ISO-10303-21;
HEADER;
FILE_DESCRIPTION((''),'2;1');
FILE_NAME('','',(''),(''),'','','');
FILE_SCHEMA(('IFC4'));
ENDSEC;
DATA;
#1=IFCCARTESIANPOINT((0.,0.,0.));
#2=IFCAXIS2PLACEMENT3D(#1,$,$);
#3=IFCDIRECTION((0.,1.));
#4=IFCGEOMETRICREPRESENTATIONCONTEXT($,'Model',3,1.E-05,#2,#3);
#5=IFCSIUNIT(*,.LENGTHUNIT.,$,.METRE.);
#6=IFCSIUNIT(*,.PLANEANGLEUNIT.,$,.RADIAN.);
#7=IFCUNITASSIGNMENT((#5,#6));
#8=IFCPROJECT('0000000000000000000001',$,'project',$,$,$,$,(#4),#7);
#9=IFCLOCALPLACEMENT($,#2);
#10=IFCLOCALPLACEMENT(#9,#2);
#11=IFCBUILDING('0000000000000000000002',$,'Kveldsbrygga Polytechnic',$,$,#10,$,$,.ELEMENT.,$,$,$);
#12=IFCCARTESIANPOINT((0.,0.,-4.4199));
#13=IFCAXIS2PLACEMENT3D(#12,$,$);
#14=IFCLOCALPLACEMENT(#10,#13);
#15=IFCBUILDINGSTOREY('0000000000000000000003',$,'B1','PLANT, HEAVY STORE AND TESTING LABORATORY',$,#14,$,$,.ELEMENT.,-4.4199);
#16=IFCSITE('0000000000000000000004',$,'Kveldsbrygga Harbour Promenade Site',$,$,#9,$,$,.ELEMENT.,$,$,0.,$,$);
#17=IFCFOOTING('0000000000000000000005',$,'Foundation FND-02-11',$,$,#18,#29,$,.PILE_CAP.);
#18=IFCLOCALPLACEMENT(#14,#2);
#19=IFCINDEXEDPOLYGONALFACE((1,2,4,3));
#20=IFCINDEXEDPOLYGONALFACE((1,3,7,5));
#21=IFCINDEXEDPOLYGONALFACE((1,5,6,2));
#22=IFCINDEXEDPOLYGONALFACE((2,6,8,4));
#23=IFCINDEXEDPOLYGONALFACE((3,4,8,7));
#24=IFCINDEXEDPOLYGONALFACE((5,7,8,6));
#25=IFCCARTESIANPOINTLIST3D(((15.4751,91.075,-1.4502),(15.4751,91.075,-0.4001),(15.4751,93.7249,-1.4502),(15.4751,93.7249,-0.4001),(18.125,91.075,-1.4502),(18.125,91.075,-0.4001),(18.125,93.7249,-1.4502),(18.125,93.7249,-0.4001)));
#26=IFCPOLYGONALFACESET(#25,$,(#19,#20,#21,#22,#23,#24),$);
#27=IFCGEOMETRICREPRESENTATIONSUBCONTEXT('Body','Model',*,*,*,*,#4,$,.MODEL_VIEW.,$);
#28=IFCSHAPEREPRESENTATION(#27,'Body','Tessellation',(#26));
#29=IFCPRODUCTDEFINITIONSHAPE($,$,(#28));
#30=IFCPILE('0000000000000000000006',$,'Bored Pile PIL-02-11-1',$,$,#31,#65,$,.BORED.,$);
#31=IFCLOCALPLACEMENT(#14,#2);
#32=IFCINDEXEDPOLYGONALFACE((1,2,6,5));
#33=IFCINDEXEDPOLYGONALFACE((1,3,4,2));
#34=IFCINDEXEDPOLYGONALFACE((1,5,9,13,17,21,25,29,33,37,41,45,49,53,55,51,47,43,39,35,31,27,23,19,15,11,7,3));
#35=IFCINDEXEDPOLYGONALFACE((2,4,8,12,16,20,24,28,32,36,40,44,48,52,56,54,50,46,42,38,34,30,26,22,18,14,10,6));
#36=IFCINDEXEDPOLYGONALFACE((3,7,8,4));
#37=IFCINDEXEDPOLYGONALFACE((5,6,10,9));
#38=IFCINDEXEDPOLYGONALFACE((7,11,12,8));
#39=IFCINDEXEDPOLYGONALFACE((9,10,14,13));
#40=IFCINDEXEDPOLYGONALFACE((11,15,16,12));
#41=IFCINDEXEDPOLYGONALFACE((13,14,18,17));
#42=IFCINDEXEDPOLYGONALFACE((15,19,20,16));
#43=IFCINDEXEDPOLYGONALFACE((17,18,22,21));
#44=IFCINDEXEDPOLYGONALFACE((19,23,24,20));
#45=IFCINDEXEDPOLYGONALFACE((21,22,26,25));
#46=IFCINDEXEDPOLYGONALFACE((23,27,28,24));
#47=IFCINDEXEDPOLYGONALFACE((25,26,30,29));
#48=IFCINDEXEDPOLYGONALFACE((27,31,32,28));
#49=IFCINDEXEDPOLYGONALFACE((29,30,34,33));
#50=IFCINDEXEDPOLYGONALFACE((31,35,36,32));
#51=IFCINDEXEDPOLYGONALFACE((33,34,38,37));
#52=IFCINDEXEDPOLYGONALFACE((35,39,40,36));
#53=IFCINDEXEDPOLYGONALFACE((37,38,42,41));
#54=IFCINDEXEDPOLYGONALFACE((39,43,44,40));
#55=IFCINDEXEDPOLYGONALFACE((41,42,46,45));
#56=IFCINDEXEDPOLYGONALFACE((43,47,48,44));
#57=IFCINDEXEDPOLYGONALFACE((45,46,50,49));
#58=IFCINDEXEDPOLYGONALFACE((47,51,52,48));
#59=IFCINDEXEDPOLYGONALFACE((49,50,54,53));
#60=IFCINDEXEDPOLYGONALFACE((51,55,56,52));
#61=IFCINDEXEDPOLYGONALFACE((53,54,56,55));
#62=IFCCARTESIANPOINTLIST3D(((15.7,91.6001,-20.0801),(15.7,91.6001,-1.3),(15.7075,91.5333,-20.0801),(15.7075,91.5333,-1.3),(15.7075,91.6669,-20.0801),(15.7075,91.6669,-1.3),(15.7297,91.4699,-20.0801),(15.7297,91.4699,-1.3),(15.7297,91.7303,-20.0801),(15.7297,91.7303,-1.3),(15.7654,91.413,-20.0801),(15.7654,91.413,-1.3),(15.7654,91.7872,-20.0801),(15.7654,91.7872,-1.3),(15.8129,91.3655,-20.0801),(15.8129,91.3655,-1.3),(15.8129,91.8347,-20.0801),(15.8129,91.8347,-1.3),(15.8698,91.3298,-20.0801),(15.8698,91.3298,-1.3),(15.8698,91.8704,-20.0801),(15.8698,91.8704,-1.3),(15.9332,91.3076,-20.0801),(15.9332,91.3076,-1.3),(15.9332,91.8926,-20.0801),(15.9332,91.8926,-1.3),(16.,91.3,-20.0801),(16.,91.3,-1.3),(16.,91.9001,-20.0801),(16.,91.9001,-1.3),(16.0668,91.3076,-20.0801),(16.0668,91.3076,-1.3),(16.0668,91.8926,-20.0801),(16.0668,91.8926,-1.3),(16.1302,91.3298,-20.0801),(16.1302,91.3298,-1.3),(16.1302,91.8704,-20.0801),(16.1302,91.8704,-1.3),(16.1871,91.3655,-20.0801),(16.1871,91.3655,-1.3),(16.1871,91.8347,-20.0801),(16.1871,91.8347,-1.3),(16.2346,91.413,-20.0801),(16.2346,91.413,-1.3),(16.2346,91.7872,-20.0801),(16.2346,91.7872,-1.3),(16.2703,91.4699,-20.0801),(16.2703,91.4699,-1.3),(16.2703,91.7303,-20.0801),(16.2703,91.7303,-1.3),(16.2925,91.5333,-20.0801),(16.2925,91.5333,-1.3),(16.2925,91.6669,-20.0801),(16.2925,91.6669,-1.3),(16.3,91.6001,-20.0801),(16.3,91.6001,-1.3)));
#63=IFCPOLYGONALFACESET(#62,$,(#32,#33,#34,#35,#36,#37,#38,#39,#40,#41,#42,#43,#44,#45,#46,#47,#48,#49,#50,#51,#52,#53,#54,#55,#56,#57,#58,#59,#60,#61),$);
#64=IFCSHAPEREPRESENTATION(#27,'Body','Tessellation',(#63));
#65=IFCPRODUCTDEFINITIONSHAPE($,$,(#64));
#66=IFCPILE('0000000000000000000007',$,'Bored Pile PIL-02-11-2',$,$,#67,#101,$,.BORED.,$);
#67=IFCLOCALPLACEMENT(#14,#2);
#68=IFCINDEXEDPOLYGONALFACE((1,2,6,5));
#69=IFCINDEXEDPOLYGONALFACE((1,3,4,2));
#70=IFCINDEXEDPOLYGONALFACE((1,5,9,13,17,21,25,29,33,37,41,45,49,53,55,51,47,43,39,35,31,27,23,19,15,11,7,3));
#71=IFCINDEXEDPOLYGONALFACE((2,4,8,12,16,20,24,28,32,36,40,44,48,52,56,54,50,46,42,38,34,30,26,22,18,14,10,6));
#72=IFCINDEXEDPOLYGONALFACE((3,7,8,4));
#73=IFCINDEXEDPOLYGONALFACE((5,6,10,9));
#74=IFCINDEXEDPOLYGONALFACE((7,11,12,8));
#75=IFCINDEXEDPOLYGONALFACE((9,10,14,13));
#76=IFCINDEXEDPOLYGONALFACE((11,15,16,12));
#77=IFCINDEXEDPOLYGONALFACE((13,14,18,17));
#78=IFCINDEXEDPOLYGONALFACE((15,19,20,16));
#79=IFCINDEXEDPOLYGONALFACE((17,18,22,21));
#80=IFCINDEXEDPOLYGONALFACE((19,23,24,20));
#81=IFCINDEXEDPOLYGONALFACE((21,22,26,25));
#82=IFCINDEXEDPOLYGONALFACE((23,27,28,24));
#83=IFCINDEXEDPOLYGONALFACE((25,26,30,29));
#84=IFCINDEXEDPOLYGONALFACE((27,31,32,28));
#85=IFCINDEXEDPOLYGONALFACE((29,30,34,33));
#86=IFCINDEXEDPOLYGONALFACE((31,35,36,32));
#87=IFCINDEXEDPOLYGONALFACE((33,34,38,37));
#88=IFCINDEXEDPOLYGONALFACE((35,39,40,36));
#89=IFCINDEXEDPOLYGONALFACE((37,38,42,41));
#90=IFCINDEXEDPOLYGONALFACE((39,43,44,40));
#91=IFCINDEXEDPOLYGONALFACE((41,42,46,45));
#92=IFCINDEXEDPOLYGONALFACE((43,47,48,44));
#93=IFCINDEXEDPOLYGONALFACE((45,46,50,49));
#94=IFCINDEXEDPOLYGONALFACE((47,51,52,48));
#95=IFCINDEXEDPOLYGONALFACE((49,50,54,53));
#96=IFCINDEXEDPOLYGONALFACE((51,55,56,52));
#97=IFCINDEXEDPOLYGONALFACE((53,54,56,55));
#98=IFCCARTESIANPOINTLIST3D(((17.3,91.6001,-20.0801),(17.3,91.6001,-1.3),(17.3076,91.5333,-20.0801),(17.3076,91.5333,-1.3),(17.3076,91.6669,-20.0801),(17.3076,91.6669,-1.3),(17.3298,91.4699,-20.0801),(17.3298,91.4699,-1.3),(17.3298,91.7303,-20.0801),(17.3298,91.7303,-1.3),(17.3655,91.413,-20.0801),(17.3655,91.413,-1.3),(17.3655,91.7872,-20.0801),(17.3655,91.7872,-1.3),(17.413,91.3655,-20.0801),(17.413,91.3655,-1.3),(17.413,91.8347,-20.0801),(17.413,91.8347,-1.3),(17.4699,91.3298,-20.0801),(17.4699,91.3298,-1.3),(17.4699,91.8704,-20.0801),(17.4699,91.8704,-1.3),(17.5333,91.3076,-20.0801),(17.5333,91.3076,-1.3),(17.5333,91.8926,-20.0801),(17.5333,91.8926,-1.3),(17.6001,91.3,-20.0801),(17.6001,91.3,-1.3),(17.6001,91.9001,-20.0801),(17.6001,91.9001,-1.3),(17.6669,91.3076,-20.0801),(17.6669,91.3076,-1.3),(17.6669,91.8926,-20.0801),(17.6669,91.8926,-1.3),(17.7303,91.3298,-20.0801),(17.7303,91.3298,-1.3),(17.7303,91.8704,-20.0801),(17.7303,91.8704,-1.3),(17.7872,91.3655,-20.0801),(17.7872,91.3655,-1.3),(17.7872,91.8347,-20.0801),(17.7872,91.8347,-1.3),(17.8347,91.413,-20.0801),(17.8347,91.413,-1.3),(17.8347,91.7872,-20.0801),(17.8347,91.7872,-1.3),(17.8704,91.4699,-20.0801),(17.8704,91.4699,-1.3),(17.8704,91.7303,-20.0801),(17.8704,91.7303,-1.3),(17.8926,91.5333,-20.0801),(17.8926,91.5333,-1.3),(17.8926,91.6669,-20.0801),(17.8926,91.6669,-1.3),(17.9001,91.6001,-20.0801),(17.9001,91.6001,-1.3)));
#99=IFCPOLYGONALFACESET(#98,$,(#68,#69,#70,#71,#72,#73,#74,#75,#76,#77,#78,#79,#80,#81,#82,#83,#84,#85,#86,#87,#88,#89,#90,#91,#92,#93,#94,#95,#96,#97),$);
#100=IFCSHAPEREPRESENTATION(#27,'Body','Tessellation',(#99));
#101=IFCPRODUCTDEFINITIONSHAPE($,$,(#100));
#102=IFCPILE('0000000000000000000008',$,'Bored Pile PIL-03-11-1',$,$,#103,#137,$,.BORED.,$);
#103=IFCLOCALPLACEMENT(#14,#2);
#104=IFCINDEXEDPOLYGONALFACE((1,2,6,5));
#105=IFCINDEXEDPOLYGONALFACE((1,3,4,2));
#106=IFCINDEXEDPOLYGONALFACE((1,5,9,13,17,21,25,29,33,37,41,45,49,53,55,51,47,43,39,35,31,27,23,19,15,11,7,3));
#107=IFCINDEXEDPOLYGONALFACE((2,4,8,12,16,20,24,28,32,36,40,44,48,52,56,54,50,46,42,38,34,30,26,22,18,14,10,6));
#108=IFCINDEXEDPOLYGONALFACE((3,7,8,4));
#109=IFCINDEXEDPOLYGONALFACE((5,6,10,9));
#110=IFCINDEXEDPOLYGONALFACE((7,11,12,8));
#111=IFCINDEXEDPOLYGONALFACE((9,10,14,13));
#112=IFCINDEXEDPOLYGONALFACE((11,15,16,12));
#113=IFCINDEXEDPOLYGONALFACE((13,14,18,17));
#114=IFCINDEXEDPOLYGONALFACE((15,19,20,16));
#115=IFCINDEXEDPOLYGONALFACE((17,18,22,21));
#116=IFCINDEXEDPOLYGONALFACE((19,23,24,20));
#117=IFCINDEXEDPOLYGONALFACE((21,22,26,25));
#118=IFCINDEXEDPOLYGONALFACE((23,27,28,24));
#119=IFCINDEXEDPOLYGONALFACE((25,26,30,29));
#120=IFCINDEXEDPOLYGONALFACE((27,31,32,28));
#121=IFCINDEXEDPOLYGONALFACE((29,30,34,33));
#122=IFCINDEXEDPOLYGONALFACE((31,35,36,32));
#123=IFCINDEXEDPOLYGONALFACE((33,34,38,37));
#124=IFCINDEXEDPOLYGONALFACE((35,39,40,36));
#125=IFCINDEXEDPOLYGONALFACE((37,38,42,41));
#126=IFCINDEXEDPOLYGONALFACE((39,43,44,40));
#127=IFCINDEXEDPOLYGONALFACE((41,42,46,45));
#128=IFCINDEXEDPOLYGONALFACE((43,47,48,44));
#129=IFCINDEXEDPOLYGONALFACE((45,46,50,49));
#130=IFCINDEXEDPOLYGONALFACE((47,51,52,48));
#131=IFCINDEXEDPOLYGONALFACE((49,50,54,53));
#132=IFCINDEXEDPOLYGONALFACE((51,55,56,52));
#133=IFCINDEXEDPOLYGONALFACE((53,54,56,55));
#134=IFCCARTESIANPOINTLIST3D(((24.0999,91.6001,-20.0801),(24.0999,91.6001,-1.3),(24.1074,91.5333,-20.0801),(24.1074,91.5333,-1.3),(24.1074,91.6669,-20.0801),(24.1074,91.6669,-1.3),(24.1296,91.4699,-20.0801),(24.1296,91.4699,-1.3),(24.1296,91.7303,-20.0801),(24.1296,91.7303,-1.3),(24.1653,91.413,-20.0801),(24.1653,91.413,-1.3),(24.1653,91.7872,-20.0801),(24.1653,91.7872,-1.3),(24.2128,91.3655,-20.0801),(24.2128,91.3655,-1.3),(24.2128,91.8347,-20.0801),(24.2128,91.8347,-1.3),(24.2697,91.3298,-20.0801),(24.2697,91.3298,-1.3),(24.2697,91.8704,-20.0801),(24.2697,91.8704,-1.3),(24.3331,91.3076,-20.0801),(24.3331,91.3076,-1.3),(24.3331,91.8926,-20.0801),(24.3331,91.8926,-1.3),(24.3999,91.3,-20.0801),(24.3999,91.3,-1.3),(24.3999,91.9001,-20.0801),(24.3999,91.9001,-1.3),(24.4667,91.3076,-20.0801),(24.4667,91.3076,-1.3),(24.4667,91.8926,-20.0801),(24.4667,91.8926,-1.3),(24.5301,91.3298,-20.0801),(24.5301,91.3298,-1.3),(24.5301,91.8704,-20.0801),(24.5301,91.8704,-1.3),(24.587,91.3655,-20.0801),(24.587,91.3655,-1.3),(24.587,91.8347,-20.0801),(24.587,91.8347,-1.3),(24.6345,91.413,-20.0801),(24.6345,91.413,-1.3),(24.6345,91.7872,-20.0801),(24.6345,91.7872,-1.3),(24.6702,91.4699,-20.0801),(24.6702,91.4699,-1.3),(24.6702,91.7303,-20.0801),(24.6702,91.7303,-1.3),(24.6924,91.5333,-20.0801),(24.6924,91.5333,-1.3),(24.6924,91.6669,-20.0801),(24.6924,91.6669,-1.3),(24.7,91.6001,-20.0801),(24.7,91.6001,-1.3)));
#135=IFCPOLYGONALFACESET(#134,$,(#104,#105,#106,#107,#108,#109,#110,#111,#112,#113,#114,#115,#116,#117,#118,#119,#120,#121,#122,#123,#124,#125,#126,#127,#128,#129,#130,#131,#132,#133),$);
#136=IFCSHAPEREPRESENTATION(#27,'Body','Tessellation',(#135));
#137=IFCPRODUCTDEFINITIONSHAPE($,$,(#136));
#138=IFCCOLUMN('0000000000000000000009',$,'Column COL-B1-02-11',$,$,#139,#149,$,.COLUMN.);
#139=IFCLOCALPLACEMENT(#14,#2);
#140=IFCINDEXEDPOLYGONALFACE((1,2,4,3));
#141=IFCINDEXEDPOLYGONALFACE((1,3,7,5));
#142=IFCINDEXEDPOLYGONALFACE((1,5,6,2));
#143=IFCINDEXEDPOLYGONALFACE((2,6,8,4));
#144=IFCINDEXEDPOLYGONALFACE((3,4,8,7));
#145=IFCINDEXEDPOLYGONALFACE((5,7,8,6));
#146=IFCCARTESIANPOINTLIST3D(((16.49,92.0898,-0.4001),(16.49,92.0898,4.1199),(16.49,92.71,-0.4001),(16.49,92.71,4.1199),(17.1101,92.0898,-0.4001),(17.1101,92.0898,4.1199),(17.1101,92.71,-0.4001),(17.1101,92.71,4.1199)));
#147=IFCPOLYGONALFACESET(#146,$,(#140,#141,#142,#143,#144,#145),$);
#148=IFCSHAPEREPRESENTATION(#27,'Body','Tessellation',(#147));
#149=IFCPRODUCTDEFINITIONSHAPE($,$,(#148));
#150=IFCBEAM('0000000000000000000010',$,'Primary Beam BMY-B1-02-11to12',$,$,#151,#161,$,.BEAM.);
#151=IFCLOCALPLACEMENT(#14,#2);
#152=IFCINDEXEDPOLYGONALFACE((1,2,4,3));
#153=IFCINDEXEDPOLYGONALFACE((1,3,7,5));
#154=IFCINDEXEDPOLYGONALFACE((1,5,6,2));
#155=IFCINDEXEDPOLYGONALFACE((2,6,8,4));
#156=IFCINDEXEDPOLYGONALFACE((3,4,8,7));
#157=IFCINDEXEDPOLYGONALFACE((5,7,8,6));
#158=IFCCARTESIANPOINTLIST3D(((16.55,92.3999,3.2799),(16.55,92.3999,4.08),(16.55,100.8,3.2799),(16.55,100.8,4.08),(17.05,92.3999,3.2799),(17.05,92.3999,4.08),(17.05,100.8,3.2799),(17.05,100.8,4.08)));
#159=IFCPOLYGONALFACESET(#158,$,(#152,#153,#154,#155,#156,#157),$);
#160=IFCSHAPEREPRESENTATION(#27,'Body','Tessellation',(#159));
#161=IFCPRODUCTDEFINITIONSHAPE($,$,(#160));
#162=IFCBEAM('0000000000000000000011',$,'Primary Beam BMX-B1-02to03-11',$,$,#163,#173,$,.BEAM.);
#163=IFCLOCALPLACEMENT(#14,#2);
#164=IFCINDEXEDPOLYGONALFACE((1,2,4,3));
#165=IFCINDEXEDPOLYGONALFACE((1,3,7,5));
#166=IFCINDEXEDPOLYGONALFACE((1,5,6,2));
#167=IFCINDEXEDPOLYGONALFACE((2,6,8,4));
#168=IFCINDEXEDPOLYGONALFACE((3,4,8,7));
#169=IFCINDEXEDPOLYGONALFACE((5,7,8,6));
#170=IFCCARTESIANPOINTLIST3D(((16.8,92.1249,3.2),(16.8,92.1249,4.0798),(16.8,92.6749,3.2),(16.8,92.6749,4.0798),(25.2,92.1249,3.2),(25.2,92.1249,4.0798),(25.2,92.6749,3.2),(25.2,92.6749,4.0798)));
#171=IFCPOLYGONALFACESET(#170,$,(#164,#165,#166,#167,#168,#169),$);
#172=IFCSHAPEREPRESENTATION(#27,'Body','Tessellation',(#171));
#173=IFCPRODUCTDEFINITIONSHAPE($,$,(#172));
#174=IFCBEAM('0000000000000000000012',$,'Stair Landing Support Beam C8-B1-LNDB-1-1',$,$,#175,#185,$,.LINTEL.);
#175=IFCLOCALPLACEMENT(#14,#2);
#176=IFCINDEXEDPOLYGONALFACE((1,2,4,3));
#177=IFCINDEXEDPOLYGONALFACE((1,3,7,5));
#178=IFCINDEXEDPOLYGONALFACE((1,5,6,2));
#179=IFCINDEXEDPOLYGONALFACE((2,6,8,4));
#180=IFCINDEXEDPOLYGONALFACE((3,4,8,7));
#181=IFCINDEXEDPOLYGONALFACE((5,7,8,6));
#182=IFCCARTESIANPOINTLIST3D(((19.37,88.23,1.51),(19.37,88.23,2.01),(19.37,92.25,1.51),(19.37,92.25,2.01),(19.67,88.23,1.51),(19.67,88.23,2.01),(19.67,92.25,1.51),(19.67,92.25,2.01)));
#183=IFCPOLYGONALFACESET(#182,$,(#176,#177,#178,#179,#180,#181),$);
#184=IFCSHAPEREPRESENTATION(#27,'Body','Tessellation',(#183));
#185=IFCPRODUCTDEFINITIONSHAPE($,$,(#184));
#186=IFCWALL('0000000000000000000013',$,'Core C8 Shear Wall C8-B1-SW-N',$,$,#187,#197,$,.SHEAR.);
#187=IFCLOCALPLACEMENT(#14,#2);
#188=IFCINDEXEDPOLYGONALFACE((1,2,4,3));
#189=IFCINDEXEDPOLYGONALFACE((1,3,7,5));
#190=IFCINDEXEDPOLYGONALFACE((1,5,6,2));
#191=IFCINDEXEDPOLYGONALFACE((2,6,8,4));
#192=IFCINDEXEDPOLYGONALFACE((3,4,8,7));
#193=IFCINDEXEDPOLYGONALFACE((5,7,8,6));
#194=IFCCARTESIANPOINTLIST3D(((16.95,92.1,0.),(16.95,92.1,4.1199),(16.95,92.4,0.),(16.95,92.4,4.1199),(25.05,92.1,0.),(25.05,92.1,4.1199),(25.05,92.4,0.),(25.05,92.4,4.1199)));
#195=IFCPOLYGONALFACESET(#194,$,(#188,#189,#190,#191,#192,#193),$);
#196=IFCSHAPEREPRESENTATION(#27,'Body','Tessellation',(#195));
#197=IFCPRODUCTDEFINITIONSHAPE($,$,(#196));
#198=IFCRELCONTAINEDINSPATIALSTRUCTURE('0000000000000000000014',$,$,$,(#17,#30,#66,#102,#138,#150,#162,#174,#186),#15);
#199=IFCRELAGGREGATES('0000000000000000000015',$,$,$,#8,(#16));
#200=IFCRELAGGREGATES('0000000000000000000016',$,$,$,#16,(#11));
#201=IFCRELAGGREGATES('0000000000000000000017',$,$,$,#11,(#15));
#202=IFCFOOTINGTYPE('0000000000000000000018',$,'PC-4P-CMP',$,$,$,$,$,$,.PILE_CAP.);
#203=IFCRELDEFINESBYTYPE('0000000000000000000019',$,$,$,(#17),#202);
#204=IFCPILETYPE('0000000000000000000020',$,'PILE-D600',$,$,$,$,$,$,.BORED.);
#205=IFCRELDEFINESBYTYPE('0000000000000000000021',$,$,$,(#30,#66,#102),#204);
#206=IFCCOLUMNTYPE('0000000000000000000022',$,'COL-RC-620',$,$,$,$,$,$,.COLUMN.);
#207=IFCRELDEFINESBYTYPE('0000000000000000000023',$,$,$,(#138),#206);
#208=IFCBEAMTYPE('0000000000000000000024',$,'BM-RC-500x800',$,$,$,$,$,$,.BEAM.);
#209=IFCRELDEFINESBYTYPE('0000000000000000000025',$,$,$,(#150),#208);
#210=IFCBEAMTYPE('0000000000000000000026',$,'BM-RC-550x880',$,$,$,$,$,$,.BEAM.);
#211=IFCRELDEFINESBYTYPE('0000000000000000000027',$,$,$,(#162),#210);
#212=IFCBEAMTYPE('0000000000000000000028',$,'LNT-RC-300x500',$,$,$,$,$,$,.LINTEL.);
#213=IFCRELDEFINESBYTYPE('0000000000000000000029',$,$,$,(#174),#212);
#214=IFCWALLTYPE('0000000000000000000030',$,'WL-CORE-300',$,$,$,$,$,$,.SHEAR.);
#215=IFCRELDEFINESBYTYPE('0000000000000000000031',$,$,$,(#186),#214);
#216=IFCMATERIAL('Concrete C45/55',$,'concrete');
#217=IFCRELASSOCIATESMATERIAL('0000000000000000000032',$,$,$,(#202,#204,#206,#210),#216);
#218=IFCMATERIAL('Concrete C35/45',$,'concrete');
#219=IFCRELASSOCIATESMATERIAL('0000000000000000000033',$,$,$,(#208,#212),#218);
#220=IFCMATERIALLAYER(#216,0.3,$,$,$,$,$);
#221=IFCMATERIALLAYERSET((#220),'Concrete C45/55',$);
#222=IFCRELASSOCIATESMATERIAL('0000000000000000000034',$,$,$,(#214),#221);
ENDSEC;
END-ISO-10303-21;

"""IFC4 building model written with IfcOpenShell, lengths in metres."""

from ifc_helpers import new_model, si_unit, direction, frame, frame_2d, origin, origin_2d, place, context, subcontext, project, spatial, rectangle, circle, extrude, material, layer, layer_set, material_profile, profile_set, type_object, element, save


model = new_model("IFC4")

# Units and contexts
model_context = context("Model", 3, precision=1e-05, world=origin(), true_north=direction((0.0, 1.0)))
body_context = subcontext(model_context, "Body", "Model", "MODEL_VIEW")
ifc_project = project(units=[si_unit("LENGTHUNIT", "METRE"), si_unit("PLANEANGLEUNIT", "RADIAN")], contexts=[model_context])

# Site, building, storey
site_placement = place(None, origin())
site = spatial("IfcSite", under=ifc_project, at=site_placement, Name="Kveldsbrygga Harbour Promenade Site", CompositionType="ELEMENT", RefElevation=0.0)
building_placement = place(site_placement, origin())
building = spatial("IfcBuilding", under=site, at=building_placement, Name="Kveldsbrygga Polytechnic", CompositionType="ELEMENT")
storey_placement = place(building_placement, frame((0.0, 0.0, -4.4199)))
storey = spatial("IfcBuildingStorey", under=building, at=storey_placement, Name="B1", Description="PLANT, HEAVY STORE AND TESTING LABORATORY", CompositionType="ELEMENT", Elevation=-4.4199)

# Footing
ifc_material_1 = material(Name="Concrete C45/55", Category="concrete")
footing_type = type_object("IfcFootingType", Name="PC-4P-CMP", PredefinedType="PILE_CAP", material=ifc_material_1)
footing_placement = place(storey_placement, frame((16.8, 92.3999, -1.4502), z_axis=(0.0, 0.0, 1.0), x_axis=(1.0, 0.0, 0.0)))
element("IfcFooting", 1, at=footing_placement, inside=storey, type_object=footing_type, Name="Foundation FND-02-11", PredefinedType="PILE_CAP", context=body_context, shape_type="SweptSolid", body=[
    extrude(rectangle(XDim=2.6499, YDim=2.6499, at=origin_2d()), origin(), (0.0, 0.0, 1.0), 1.05),
])

# Piles
ifc_material_profile_1 = material_profile(ifc_material_1, circle(Radius=0.3, at=origin_2d()), Name="PILE D600")
ifc_profile_set_1 = profile_set([ifc_material_profile_1], Name="Concrete C45/55")
pile_type = type_object("IfcPileType", Name="PILE-D600", PredefinedType="BORED", material=ifc_profile_set_1)
for number, where, z_axis, x_axis, name in (
    (2, (16.0, 91.6001, -1.3), (0.0, 0.0, -1.0), (1.0, 0.0, 0.0), "Bored Pile PIL-02-11-1"),
    (3, (17.6001, 91.6001, -1.3), (0.0, 0.0, -1.0), (1.0, 0.0, 0.0), "Bored Pile PIL-02-11-2"),
    (4, (24.3999, 91.6001, -1.3), (0.0, 0.0, -1.0), (1.0, 0.0, 0.0), "Bored Pile PIL-03-11-1"),
):
    element("IfcPile", number, at=place(storey_placement, frame(where, z_axis=z_axis, x_axis=x_axis)), inside=storey, type_object=pile_type, Name=name, PredefinedType="BORED", context=body_context, shape_type="SweptSolid", body=[
        extrude(circle(Radius=0.3, at=origin_2d()), origin(), (0.0, 0.0, 1.0), 18.78),
    ])

# Column
ifc_material_profile_2 = material_profile(ifc_material_1, rectangle(XDim=0.6201, YDim=0.6201, at=origin_2d()), Name="RC 620x620")
ifc_profile_set_2 = profile_set([ifc_material_profile_2], Name="Concrete C45/55")
column_type = type_object("IfcColumnType", Name="COL-RC-620", PredefinedType="COLUMN", material=ifc_profile_set_2)
column_placement = place(storey_placement, frame((16.8, 92.3999, -0.4001), z_axis=(0.0, 0.0, 1.0), x_axis=(1.0, 0.0, 0.0)))
element("IfcColumn", 5, at=column_placement, inside=storey, type_object=column_type, Name="Column COL-B1-02-11", PredefinedType="COLUMN", context=body_context, shape_type="SweptSolid", body=[
    extrude(rectangle(XDim=0.6201, YDim=0.6201, at=origin_2d()), origin(), (0.0, 0.0, 1.0), 4.52),
])

# Beams
ifc_material_2 = material(Name="Concrete C35/45", Category="concrete")
ifc_material_profile_3 = material_profile(ifc_material_2, rectangle(XDim=0.5, YDim=0.8, at=origin_2d()), Name="RC 500x800")
ifc_profile_set_3 = profile_set([ifc_material_profile_3], Name="Concrete C35/45")
beam_type_1 = type_object("IfcBeamType", Name="BM-RC-500x800", PredefinedType="BEAM", material=ifc_profile_set_3)
beam_1_placement = place(storey_placement, frame((16.8, 92.3999, 3.6799), z_axis=(0.0, 1.0, 0.0), x_axis=(-1.0, 0.0, 0.0)))
element("IfcBeam", 6, at=beam_1_placement, inside=storey, type_object=beam_type_1, Name="Primary Beam BMY-B1-02-11to12", PredefinedType="BEAM", context=body_context, shape_type="SweptSolid", body=[
    extrude(rectangle(XDim=0.5, YDim=0.8, at=origin_2d()), origin(), (0.0, 0.0, 1.0), 8.4001),
])
ifc_material_profile_4 = material_profile(ifc_material_1, rectangle(XDim=0.55, YDim=0.8799, at=origin_2d()), Name="RC 550x880")
ifc_profile_set_4 = profile_set([ifc_material_profile_4], Name="Concrete C45/55")
beam_type_2 = type_object("IfcBeamType", Name="BM-RC-550x880", PredefinedType="BEAM", material=ifc_profile_set_4)
beam_2_placement = place(storey_placement, frame((16.8, 92.3999, 3.6399), z_axis=(1.0, 0.0, 0.0), x_axis=(0.0, 1.0, 0.0)))
element("IfcBeam", 7, at=beam_2_placement, inside=storey, type_object=beam_type_2, Name="Primary Beam BMX-B1-02to03-11", PredefinedType="BEAM", context=body_context, shape_type="SweptSolid", body=[
    extrude(rectangle(XDim=0.55, YDim=0.8799, at=origin_2d()), origin(), (0.0, 0.0, 1.0), 8.3999),
])
ifc_material_profile_5 = material_profile(ifc_material_2, rectangle(XDim=0.3, YDim=0.5, at=origin_2d()), Name="RC 300x500")
ifc_profile_set_5 = profile_set([ifc_material_profile_5], Name="Concrete C35/45")
beam_type_3 = type_object("IfcBeamType", Name="LNT-RC-300x500", PredefinedType="LINTEL", material=ifc_profile_set_5)
beam_3_placement = place(storey_placement, frame((19.52, 88.23, 1.76), z_axis=(0.0, 1.0, 0.0), x_axis=(-1.0, 0.0, 0.0)))
element("IfcBeam", 8, at=beam_3_placement, inside=storey, type_object=beam_type_3, Name="Stair Landing Support Beam C8-B1-LNDB-1-1", PredefinedType="LINTEL", context=body_context, shape_type="SweptSolid", body=[
    extrude(rectangle(XDim=0.3, YDim=0.5, at=origin_2d()), origin(), (0.0, 0.0, 1.0), 4.02),
])

# Wall
ifc_layer = layer(ifc_material_1, 0.3)
ifc_layer_set = layer_set([ifc_layer], Name="Concrete C45/55")
wall_type = type_object("IfcWallType", Name="WL-CORE-300", PredefinedType="SHEAR", material=ifc_layer_set)
wall_1_placement = place(storey_placement, frame((16.95, 92.25, 0.0), z_axis=(0.0, 0.0, 1.0), x_axis=(1.0, 0.0, 0.0)))
element("IfcWall", 9, at=wall_1_placement, inside=storey, type_object=wall_type, Name="Core C8 Shear Wall C8-B1-SW-N", PredefinedType="SHEAR", context=body_context, shape_type="SweptSolid", body=[
    extrude(rectangle(XDim=8.1001, YDim=0.3, at=frame_2d((4.05, 0.0))), origin(), (0.0, 0.0, 1.0), 4.1199),
])

save(model, "model.ifc")
